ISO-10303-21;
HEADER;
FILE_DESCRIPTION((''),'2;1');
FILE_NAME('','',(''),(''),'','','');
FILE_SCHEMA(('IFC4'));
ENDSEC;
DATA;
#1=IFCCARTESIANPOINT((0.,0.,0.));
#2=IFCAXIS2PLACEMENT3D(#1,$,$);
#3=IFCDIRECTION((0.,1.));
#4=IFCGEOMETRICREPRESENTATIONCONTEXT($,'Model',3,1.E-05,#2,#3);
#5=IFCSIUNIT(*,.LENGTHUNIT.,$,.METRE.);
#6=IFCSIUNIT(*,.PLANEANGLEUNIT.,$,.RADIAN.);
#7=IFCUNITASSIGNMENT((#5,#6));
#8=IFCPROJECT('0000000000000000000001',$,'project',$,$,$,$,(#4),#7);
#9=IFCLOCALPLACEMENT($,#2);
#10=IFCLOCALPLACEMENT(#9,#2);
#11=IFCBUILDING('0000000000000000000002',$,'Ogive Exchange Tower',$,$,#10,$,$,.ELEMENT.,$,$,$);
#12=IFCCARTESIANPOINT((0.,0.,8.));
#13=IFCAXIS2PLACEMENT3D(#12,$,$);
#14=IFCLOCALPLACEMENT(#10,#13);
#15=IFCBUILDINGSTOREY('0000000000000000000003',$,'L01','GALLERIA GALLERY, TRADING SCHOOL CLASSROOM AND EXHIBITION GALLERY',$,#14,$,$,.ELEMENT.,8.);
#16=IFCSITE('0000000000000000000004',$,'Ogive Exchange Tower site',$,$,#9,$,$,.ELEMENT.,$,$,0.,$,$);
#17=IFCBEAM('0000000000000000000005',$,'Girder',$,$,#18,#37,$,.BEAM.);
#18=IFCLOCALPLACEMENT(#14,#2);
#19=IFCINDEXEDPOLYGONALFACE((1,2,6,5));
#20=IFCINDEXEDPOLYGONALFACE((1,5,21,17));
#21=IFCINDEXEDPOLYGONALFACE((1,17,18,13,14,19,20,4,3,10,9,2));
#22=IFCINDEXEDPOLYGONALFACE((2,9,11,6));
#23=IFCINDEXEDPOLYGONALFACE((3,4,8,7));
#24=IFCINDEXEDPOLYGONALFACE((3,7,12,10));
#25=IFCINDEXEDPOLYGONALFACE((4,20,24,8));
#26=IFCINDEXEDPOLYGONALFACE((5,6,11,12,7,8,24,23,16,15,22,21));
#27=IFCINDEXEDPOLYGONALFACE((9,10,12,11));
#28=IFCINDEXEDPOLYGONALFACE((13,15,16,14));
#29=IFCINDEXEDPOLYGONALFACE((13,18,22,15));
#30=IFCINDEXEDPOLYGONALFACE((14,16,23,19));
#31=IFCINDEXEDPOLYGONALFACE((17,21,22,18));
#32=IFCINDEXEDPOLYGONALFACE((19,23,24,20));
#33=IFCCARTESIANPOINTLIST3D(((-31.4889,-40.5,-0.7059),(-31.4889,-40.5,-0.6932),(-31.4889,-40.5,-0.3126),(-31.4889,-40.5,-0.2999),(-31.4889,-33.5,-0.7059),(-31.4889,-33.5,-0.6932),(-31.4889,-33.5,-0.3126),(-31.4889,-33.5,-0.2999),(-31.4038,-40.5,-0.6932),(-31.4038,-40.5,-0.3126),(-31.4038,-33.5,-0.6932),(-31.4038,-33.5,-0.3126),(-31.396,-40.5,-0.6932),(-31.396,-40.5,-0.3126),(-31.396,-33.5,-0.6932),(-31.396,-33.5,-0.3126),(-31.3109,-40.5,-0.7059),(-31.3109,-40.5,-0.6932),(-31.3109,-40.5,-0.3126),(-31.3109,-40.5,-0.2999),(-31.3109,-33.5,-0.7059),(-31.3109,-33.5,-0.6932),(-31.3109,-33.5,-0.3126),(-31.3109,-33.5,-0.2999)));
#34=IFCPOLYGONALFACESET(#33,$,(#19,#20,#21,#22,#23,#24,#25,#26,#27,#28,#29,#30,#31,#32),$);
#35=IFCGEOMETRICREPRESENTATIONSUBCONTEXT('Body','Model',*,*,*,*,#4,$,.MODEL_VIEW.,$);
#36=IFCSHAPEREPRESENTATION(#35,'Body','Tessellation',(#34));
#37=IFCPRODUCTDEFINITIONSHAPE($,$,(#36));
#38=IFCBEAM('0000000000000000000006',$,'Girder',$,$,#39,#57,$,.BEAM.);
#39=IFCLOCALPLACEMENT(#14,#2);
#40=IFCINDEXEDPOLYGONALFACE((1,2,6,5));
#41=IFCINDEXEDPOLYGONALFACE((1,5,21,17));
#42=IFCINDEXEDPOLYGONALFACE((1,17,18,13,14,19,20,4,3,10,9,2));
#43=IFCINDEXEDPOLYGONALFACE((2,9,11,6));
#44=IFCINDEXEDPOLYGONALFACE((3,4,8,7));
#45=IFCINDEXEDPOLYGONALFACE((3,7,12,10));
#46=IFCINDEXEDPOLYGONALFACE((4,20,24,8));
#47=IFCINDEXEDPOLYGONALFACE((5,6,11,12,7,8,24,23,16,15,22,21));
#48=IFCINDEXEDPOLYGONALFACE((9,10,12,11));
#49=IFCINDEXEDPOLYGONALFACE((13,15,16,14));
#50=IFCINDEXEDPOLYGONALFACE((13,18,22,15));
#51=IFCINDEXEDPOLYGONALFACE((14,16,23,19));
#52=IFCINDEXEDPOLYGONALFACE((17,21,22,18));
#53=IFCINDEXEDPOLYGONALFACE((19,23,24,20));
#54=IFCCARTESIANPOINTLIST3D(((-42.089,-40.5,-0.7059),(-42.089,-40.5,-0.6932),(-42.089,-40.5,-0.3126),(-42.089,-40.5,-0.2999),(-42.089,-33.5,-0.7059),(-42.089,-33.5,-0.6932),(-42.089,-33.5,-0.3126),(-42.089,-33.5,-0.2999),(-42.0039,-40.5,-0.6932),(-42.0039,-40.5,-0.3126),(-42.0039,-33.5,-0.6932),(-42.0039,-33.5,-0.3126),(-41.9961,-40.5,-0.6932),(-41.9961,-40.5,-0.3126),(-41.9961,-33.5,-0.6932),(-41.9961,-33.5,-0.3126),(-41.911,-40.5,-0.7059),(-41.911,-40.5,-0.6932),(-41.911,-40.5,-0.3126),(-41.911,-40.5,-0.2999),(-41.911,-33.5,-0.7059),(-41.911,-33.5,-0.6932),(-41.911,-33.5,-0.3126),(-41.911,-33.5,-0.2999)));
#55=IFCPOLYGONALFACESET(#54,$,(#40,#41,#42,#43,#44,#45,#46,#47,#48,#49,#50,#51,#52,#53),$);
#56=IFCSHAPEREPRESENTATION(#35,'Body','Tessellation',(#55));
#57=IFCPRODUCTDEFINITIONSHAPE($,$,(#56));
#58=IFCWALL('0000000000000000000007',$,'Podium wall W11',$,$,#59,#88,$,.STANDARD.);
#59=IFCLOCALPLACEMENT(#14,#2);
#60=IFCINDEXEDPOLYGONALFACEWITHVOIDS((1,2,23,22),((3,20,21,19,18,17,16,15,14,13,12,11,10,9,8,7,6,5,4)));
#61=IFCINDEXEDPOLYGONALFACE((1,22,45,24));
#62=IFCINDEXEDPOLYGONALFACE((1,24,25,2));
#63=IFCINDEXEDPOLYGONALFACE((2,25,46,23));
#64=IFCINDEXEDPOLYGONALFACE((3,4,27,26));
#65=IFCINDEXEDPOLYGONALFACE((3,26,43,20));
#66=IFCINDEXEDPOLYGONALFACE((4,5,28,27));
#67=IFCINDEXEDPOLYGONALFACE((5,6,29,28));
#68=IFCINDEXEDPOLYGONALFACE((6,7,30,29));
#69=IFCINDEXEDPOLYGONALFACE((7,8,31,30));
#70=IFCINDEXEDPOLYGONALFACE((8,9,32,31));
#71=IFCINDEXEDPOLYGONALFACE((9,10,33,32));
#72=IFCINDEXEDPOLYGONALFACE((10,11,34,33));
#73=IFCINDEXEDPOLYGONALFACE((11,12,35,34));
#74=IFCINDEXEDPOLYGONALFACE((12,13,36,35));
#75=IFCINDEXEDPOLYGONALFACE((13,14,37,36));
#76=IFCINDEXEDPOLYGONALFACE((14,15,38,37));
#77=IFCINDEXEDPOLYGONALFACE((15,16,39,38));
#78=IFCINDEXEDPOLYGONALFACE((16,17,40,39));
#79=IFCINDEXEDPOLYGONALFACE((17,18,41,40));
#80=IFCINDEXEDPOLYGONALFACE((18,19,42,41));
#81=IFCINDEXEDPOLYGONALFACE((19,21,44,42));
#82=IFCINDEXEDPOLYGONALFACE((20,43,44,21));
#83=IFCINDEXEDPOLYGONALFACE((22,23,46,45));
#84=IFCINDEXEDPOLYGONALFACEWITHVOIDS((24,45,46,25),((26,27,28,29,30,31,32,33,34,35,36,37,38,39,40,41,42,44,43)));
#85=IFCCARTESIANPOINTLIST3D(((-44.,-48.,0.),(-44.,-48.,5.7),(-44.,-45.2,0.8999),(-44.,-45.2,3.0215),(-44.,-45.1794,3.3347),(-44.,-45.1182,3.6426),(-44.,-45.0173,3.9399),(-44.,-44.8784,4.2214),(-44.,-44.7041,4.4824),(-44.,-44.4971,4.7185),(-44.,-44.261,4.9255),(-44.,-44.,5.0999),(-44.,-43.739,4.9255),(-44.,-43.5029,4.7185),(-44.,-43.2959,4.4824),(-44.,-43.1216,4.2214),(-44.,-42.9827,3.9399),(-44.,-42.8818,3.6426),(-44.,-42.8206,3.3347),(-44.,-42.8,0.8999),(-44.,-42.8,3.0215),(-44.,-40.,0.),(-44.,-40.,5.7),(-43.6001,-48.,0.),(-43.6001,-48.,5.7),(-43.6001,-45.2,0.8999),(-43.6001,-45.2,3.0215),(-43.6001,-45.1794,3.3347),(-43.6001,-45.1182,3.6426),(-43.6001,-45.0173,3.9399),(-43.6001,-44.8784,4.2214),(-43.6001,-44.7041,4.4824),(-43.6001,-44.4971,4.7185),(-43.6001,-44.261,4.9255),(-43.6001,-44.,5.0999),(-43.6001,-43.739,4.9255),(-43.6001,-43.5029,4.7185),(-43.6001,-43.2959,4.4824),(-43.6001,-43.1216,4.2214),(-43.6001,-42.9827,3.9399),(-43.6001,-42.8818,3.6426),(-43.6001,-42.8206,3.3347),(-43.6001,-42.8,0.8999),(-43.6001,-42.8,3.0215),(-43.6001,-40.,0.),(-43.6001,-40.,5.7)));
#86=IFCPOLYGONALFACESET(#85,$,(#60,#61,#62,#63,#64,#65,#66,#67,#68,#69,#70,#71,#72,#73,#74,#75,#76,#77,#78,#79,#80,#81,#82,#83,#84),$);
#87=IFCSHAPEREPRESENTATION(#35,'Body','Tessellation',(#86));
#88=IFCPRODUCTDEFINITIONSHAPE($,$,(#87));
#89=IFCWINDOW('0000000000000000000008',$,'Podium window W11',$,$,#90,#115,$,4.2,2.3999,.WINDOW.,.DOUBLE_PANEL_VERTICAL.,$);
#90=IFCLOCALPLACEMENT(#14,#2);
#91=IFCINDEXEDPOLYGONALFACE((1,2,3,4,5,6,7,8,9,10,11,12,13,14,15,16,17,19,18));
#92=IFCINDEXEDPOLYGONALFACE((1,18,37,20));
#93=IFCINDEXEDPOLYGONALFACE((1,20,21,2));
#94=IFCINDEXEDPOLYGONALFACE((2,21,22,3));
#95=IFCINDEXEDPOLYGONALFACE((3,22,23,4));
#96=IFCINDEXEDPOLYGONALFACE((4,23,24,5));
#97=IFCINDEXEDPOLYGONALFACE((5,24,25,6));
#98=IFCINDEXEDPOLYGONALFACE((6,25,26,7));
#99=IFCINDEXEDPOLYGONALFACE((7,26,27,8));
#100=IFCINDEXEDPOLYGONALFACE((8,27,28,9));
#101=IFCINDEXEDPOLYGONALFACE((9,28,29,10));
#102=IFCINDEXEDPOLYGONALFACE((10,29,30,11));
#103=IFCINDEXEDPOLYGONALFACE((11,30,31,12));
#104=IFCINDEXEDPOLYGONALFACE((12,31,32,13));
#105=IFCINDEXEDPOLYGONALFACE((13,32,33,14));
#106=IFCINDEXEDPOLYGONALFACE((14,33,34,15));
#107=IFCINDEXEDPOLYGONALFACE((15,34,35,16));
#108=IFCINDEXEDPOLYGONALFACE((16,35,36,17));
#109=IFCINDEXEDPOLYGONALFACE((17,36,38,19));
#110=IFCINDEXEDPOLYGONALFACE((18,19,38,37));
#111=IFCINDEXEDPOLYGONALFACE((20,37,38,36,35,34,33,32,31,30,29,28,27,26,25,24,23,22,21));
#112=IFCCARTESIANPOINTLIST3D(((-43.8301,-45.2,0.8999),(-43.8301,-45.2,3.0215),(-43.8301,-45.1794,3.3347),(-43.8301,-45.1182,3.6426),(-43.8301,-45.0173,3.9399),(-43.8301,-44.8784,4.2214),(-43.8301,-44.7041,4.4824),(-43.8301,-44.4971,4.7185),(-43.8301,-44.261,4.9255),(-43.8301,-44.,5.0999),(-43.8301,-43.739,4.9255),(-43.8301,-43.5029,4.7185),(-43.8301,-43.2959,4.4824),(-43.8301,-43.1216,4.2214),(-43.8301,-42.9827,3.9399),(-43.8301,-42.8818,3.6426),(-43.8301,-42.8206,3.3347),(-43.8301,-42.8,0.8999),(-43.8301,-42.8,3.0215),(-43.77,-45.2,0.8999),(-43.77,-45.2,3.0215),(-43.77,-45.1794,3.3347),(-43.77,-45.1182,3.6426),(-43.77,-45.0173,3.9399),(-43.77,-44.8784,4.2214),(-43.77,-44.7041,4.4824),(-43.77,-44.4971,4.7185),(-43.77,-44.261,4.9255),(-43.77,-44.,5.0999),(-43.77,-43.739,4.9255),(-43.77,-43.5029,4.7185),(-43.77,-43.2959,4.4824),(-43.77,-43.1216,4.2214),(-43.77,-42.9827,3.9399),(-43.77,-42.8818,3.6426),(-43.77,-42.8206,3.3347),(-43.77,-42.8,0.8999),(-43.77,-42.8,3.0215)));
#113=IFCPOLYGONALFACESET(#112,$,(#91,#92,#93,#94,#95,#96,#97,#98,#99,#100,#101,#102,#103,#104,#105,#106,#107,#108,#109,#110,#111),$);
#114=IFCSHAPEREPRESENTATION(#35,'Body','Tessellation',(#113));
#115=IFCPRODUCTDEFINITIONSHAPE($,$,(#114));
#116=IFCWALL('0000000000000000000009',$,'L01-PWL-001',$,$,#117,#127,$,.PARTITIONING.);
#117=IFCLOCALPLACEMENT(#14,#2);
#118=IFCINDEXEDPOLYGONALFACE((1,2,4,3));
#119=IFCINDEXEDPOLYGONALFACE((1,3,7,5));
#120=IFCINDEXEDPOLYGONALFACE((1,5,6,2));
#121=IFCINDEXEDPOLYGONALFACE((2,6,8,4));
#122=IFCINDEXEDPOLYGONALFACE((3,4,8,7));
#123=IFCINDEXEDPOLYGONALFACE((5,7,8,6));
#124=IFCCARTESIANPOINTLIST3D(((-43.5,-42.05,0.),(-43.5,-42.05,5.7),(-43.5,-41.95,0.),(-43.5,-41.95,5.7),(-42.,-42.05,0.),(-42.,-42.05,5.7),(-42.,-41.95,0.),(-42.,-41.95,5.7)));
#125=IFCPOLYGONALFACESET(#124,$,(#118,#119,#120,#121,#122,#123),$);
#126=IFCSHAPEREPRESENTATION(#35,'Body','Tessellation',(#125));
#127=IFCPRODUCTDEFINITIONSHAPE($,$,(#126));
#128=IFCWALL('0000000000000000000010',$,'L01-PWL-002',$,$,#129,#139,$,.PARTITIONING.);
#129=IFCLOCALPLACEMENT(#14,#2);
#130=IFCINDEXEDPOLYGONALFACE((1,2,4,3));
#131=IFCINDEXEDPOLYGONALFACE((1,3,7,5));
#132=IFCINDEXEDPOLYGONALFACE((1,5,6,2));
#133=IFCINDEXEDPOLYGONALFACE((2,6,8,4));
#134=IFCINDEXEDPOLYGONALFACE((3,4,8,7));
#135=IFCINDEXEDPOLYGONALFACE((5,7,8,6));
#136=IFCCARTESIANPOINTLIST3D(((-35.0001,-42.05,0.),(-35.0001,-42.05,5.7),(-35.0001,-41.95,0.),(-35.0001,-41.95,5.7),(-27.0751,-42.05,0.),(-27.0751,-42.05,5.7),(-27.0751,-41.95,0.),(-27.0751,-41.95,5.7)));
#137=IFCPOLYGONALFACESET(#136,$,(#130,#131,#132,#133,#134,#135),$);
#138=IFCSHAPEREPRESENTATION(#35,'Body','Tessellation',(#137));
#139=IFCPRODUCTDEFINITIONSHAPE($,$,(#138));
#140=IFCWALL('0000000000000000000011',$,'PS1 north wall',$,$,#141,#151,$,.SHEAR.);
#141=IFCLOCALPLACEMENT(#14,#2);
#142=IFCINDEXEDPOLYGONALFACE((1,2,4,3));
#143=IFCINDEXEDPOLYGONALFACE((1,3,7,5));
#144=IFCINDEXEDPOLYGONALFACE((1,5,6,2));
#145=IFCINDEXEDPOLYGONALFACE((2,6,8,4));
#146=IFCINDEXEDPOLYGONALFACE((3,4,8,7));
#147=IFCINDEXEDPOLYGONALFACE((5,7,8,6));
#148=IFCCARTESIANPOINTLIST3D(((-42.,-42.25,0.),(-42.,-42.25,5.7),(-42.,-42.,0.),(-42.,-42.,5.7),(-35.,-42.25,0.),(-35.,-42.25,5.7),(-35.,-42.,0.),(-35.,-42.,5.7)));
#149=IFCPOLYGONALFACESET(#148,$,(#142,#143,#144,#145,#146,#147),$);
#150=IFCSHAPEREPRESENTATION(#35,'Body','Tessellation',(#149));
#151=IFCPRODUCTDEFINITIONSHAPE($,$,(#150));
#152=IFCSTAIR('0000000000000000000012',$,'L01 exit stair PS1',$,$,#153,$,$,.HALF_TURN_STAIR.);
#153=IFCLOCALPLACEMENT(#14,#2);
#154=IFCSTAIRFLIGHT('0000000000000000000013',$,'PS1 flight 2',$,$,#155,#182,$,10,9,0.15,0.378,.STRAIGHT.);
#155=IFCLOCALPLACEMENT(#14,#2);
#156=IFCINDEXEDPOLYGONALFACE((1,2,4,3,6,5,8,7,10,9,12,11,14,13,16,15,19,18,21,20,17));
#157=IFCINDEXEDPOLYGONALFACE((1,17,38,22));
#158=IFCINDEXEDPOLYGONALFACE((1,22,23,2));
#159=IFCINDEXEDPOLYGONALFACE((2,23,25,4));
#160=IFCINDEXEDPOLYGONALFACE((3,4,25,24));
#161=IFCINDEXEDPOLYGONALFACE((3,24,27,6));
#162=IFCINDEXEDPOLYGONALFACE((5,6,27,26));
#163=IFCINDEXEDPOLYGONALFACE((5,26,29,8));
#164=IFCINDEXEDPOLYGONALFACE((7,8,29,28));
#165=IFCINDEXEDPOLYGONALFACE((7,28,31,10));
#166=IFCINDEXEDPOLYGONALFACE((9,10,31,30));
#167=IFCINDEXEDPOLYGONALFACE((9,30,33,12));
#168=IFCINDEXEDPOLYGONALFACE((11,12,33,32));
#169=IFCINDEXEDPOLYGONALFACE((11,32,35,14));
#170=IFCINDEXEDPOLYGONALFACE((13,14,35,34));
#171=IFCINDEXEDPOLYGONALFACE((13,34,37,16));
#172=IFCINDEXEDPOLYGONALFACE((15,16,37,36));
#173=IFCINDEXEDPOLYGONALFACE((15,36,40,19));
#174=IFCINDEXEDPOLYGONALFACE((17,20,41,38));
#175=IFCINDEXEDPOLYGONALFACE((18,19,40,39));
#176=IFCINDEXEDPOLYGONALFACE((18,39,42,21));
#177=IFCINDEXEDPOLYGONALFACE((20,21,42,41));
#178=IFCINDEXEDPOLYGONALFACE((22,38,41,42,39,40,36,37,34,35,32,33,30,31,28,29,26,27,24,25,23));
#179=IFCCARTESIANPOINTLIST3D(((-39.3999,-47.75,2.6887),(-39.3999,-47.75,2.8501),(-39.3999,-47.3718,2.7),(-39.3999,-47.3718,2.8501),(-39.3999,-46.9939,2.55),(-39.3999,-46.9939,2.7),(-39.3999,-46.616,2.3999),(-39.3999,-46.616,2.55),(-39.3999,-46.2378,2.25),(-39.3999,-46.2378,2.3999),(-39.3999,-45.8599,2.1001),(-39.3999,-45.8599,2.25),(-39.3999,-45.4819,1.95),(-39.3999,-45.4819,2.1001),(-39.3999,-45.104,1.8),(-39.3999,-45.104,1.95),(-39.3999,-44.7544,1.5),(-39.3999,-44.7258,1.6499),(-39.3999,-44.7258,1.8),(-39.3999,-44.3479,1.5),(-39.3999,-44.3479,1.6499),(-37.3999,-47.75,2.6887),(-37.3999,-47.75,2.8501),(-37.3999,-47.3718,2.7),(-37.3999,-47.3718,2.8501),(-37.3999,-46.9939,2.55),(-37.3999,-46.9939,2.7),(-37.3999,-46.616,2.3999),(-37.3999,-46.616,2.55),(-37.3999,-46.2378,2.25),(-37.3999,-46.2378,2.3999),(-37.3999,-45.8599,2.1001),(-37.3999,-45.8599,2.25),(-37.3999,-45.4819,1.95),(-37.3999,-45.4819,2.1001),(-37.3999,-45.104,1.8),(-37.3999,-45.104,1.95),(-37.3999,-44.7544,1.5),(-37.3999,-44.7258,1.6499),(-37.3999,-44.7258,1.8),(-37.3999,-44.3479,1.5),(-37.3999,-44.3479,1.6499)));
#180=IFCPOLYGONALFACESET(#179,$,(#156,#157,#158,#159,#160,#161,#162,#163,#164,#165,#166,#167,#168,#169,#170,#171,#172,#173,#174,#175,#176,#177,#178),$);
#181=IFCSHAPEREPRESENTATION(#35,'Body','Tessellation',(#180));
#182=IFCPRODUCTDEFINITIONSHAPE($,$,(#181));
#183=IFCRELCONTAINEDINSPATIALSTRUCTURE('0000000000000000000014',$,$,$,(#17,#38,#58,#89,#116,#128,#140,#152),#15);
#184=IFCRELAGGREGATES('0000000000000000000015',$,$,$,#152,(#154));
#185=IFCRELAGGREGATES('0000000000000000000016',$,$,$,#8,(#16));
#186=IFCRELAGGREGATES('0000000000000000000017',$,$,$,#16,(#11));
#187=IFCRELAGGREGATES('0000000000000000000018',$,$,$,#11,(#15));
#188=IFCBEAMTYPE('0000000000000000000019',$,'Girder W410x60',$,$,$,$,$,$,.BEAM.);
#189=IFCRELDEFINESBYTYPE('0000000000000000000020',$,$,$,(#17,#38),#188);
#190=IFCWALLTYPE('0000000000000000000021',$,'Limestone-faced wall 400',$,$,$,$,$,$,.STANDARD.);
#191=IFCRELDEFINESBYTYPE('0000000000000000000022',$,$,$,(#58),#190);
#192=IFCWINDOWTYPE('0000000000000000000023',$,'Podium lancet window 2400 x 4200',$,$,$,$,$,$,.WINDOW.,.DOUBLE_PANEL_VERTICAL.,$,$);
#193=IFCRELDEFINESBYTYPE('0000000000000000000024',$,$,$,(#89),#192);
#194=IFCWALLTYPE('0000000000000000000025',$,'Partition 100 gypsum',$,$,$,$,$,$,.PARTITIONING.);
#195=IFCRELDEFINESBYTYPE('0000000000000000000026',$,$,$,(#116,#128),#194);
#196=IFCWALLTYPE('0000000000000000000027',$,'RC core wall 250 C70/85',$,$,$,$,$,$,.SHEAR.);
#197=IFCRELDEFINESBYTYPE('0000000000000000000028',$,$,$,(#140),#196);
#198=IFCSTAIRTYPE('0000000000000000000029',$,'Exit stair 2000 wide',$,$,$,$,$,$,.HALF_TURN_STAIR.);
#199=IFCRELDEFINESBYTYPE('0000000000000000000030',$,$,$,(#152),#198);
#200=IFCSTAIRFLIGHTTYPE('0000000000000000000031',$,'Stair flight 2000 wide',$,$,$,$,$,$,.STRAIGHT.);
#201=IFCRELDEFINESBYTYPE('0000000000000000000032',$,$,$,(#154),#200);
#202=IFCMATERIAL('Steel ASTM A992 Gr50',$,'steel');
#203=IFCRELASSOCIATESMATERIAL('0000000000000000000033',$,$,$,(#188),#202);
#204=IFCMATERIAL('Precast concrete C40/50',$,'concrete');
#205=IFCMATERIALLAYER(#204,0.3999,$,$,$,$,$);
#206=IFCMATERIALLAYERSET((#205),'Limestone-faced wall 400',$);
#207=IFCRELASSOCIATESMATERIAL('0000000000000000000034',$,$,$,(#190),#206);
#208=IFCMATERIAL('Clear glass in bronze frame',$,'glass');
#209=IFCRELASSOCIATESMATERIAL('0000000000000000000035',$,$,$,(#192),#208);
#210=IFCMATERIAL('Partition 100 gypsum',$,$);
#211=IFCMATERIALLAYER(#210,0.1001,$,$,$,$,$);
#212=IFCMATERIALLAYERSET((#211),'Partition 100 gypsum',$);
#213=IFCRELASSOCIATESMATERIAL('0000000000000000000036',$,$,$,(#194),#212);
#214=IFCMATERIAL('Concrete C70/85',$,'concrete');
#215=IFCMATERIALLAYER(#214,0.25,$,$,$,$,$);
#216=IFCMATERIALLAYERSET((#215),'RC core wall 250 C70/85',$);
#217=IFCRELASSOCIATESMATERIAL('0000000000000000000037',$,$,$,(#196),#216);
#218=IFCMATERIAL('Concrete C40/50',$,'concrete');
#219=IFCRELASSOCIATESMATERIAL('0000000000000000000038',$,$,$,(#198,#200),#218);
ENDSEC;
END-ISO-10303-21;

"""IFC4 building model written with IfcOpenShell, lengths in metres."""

from ifc_helpers import new_model, si_unit, direction, frame, frame_2d, origin, origin_2d, place, context, subcontext, project, spatial, polyline, rectangle, i_section, outline, extrude, material, layer, layer_set, material_profile, profile_set, type_object, element, fill, aggregate, save


model = new_model("IFC4")

# Units and contexts
model_context = context("Model", 3, precision=1e-05, world=origin(), true_north=direction((0.0, 1.0)))
body_context = subcontext(model_context, "Body", "Model", "MODEL_VIEW")
ifc_project = project(units=[si_unit("LENGTHUNIT", "METRE"), si_unit("PLANEANGLEUNIT", "RADIAN")], contexts=[model_context])

# Site, building, storey
site_placement = place(None, origin())
site = spatial("IfcSite", under=ifc_project, at=site_placement, Name="Ogive Exchange Tower site", CompositionType="ELEMENT", RefElevation=0.0)
building_placement = place(site_placement, origin())
building = spatial("IfcBuilding", under=site, at=building_placement, Name="Ogive Exchange Tower", CompositionType="ELEMENT")
storey_placement = place(building_placement, frame((0.0, 0.0, 8.0)))
storey = spatial("IfcBuildingStorey", under=building, at=storey_placement, Name="L01", Description="GALLERIA GALLERY, TRADING SCHOOL CLASSROOM AND EXHIBITION GALLERY", CompositionType="ELEMENT", Elevation=8.0)

# Shared definitions
ifc_material_1 = material(Name="Concrete C70/85", Category="concrete")

# Beams
ifc_material_2 = material(Name="Steel ASTM A992 Gr50", Category="steel")
ifc_material_profile_1 = material_profile(ifc_material_2, i_section(OverallWidth=0.178, OverallDepth=0.406, WebThickness=0.0078, FlangeThickness=0.0127, at=origin_2d()), Name="W410x60")
ifc_profile_set_1 = profile_set([ifc_material_profile_1], Name="Steel ASTM A992 Gr50")
beam_type_1 = type_object("IfcBeamType", Name="Girder W410x60", PredefinedType="BEAM", material=ifc_profile_set_1)
for number, where, z_axis, x_axis, name in (
    (1, (-31.3999, -40.5, -0.5029), (0.0, 1.0, 0.0), (-1.0, 0.0, 0.0), "Girder"),
    (2, (-42.0, -40.5, -0.5029), (0.0, 1.0, 0.0), (-1.0, 0.0, 0.0), "Girder"),
):
    element("IfcBeam", number, at=place(storey_placement, frame(where, z_axis=z_axis, x_axis=x_axis)), inside=storey, type_object=beam_type_1, Name=name, PredefinedType="BEAM", context=body_context, shape_type="SweptSolid", body=[
        extrude(i_section(OverallWidth=0.178, OverallDepth=0.406, WebThickness=0.0078, FlangeThickness=0.0127, at=origin_2d()), origin(), (0.0, 0.0, 1.0), 7.0),
    ])

# Wall, opening, window
ifc_material_3 = material(Name="Precast concrete C40/50", Category="concrete")
ifc_layer_1 = layer(ifc_material_3, 0.3999)
ifc_layer_set_1 = layer_set([ifc_layer_1], Name="Limestone-faced wall 400")
wall_type_1 = type_object("IfcWallType", Name="Limestone-faced wall 400", PredefinedType="STANDARD", material=ifc_layer_set_1)
wall_1_placement = place(storey_placement, frame((-43.8, -40.0, 0.0), z_axis=(0.0, 0.0, 1.0), x_axis=(0.0, -1.0, 0.0)))
wall_1 = element("IfcWall", 3, at=wall_1_placement, inside=storey, type_object=wall_type_1, Name="Podium wall W11", PredefinedType="STANDARD", context=body_context, shape_type="SweptSolid", body=[
    extrude(rectangle(XDim=8.0, YDim=0.3999, at=frame_2d((4.0, 0.0))), origin(), (0.0, 0.0, 1.0), 5.7),
])
opening_placement = place(wall_1_placement, frame((2.8, 0.0, 0.8999)))
opening = element("IfcOpeningElement", 4, at=opening_placement, cuts=wall_1, PredefinedType="OPENING", context=body_context, shape_type="SweptSolid", body=[
    extrude(outline(polyline([(0.0, 0.0), (2.3999, 0.0), (2.3999, 2.1216), (2.3794, 2.4348), (2.3181, 2.7427), (2.2173, 3.04), (2.0784, 3.3215), (1.9041, 3.5825), (1.697, 3.8186), (1.4609, 4.0256), (1.2, 4.2), (0.939, 4.0256), (0.7029, 3.8186), (0.4958, 3.5825), (0.3215, 3.3215), (0.1826, 3.04), (0.0818, 2.7427), (0.0205, 2.4348), (0.0, 2.1216), (0.0, 0.0)])), frame((0.0, 0.21, 0.0), z_axis=(0.0, -1.0, 0.0), x_axis=(1.0, 0.0, 0.0)), (0.0, 0.0, 1.0), 0.4199),
])
ifc_material_4 = material(Name="Clear glass in bronze frame", Category="glass")
window_type = type_object("IfcWindowType", Name="Podium lancet window 2400 x 4200", PartitioningType="DOUBLE_PANEL_VERTICAL", PredefinedType="WINDOW", material=ifc_material_4)
window_placement = place(opening_placement, origin())
window = element("IfcWindow", 5, at=window_placement, inside=storey, type_object=window_type, Name="Podium window W11", OverallHeight=4.2, OverallWidth=2.3999, PartitioningType="DOUBLE_PANEL_VERTICAL", PredefinedType="WINDOW", context=body_context, shape_type="SweptSolid", body=[
    extrude(outline(polyline([(0.0, 0.0), (2.3999, 0.0), (2.3999, 2.1216), (2.3794, 2.4348), (2.3181, 2.7427), (2.2173, 3.04), (2.0784, 3.3215), (1.9041, 3.5825), (1.697, 3.8186), (1.4609, 4.0256), (1.2, 4.2), (0.939, 4.0256), (0.7029, 3.8186), (0.4958, 3.5825), (0.3215, 3.3215), (0.1826, 3.04), (0.0818, 2.7427), (0.0205, 2.4348), (0.0, 2.1216), (0.0, 0.0)])), frame((0.0, 0.03, 0.0), z_axis=(0.0, -1.0, 0.0), x_axis=(1.0, 0.0, 0.0)), (0.0, 0.0, 1.0), 0.0601),
])
fill(opening, window)

# Walls
ifc_material_5 = material(Name="Partition 100 gypsum")
ifc_layer_2 = layer(ifc_material_5, 0.1001)
ifc_layer_set_2 = layer_set([ifc_layer_2], Name="Partition 100 gypsum")
wall_type_2 = type_object("IfcWallType", Name="Partition 100 gypsum", PredefinedType="PARTITIONING", material=ifc_layer_set_2)
wall_2_placement = place(storey_placement, frame((-43.5, -42.0, 0.0), z_axis=(0.0, 0.0, 1.0), x_axis=(1.0, 0.0, 0.0)))
element("IfcWall", 6, at=wall_2_placement, inside=storey, type_object=wall_type_2, Name="L01-PWL-001", PredefinedType="PARTITIONING", context=body_context, shape_type="SweptSolid", body=[
    extrude(rectangle(XDim=1.5, YDim=0.1001, at=frame_2d((0.75, 0.0))), origin(), (0.0, 0.0, 1.0), 5.7),
])
wall_3_placement = place(storey_placement, frame((-35.0, -42.0, 0.0), z_axis=(0.0, 0.0, 1.0), x_axis=(1.0, 0.0, 0.0)))
element("IfcWall", 7, at=wall_3_placement, inside=storey, type_object=wall_type_2, Name="L01-PWL-002", PredefinedType="PARTITIONING", context=body_context, shape_type="SweptSolid", body=[
    extrude(rectangle(XDim=7.925, YDim=0.1001, at=frame_2d((3.9624, 0.0))), origin(), (0.0, 0.0, 1.0), 5.7),
])
ifc_layer_3 = layer(ifc_material_1, 0.25)
ifc_layer_set_3 = layer_set([ifc_layer_3], Name="RC core wall 250 C70/85")
wall_type_3 = type_object("IfcWallType", Name="RC core wall 250 C70/85", PredefinedType="SHEAR", material=ifc_layer_set_3)
wall_4_placement = place(storey_placement, frame((-42.0, -42.125, 0.0), z_axis=(0.0, 0.0, 1.0), x_axis=(1.0, 0.0, 0.0)))
element("IfcWall", 8, at=wall_4_placement, inside=storey, type_object=wall_type_3, Name="PS1 north wall", PredefinedType="SHEAR", context=body_context, shape_type="SweptSolid", body=[
    extrude(rectangle(XDim=7.0, YDim=0.25, at=frame_2d((3.5, 0.0))), origin(), (0.0, 0.0, 1.0), 5.7),
])

# Stair, stair flight
ifc_material_6 = material(Name="Concrete C40/50", Category="concrete")
stair_type = type_object("IfcStairType", Name="Exit stair 2000 wide", PredefinedType="HALF_TURN_STAIR", material=ifc_material_6)
stair_placement = place(storey_placement, origin())
stair = element("IfcStair", 9, at=stair_placement, inside=storey, type_object=stair_type, Name="L01 exit stair PS1", PredefinedType="HALF_TURN_STAIR")
stair_flight_type = type_object("IfcStairFlightType", Name="Stair flight 2000 wide", PredefinedType="STRAIGHT", material=ifc_material_6)
stair_flight_1_placement = place(storey_placement, frame((-38.3999, -44.3479, 1.5), z_axis=(0.0, 0.0, 1.0), x_axis=(0.0, -1.0, 0.0)))
stair_flight_1 = element("IfcStairFlight", 10, at=stair_flight_1_placement, type_object=stair_flight_type, Name="PS1 flight 2", NumberOfRisers=10, NumberOfTreads=9, PredefinedType="STRAIGHT", RiserHeight=0.15, TreadLength=0.378, context=body_context, shape_type="SweptSolid", body=[
    extrude(outline(polyline([(0.0, 0.0), (0.0, 0.1499), (0.3779, 0.1499), (0.3779, 0.3), (0.7561, 0.3), (0.7561, 0.45), (1.134, 0.45), (1.134, 0.6001), (1.512, 0.6001), (1.512, 0.75), (1.8899, 0.75), (1.8899, 0.8999), (2.2681, 0.8999), (2.2681, 1.05), (2.646, 1.05), (2.646, 1.2), (3.0239, 1.2), (3.0239, 1.3501), (3.4021, 1.3501), (3.4021, 1.5), (3.4021, 1.1887), (0.4065, 0.0), (0.0, 0.0)])), frame((0.0, 1.0, 0.0), z_axis=(0.0, -1.0, 0.0), x_axis=(1.0, 0.0, 0.0)), (0.0, 0.0, 1.0), 2.0),
])
aggregate(stair, [stair_flight_1])

save(model, "model.ifc")
